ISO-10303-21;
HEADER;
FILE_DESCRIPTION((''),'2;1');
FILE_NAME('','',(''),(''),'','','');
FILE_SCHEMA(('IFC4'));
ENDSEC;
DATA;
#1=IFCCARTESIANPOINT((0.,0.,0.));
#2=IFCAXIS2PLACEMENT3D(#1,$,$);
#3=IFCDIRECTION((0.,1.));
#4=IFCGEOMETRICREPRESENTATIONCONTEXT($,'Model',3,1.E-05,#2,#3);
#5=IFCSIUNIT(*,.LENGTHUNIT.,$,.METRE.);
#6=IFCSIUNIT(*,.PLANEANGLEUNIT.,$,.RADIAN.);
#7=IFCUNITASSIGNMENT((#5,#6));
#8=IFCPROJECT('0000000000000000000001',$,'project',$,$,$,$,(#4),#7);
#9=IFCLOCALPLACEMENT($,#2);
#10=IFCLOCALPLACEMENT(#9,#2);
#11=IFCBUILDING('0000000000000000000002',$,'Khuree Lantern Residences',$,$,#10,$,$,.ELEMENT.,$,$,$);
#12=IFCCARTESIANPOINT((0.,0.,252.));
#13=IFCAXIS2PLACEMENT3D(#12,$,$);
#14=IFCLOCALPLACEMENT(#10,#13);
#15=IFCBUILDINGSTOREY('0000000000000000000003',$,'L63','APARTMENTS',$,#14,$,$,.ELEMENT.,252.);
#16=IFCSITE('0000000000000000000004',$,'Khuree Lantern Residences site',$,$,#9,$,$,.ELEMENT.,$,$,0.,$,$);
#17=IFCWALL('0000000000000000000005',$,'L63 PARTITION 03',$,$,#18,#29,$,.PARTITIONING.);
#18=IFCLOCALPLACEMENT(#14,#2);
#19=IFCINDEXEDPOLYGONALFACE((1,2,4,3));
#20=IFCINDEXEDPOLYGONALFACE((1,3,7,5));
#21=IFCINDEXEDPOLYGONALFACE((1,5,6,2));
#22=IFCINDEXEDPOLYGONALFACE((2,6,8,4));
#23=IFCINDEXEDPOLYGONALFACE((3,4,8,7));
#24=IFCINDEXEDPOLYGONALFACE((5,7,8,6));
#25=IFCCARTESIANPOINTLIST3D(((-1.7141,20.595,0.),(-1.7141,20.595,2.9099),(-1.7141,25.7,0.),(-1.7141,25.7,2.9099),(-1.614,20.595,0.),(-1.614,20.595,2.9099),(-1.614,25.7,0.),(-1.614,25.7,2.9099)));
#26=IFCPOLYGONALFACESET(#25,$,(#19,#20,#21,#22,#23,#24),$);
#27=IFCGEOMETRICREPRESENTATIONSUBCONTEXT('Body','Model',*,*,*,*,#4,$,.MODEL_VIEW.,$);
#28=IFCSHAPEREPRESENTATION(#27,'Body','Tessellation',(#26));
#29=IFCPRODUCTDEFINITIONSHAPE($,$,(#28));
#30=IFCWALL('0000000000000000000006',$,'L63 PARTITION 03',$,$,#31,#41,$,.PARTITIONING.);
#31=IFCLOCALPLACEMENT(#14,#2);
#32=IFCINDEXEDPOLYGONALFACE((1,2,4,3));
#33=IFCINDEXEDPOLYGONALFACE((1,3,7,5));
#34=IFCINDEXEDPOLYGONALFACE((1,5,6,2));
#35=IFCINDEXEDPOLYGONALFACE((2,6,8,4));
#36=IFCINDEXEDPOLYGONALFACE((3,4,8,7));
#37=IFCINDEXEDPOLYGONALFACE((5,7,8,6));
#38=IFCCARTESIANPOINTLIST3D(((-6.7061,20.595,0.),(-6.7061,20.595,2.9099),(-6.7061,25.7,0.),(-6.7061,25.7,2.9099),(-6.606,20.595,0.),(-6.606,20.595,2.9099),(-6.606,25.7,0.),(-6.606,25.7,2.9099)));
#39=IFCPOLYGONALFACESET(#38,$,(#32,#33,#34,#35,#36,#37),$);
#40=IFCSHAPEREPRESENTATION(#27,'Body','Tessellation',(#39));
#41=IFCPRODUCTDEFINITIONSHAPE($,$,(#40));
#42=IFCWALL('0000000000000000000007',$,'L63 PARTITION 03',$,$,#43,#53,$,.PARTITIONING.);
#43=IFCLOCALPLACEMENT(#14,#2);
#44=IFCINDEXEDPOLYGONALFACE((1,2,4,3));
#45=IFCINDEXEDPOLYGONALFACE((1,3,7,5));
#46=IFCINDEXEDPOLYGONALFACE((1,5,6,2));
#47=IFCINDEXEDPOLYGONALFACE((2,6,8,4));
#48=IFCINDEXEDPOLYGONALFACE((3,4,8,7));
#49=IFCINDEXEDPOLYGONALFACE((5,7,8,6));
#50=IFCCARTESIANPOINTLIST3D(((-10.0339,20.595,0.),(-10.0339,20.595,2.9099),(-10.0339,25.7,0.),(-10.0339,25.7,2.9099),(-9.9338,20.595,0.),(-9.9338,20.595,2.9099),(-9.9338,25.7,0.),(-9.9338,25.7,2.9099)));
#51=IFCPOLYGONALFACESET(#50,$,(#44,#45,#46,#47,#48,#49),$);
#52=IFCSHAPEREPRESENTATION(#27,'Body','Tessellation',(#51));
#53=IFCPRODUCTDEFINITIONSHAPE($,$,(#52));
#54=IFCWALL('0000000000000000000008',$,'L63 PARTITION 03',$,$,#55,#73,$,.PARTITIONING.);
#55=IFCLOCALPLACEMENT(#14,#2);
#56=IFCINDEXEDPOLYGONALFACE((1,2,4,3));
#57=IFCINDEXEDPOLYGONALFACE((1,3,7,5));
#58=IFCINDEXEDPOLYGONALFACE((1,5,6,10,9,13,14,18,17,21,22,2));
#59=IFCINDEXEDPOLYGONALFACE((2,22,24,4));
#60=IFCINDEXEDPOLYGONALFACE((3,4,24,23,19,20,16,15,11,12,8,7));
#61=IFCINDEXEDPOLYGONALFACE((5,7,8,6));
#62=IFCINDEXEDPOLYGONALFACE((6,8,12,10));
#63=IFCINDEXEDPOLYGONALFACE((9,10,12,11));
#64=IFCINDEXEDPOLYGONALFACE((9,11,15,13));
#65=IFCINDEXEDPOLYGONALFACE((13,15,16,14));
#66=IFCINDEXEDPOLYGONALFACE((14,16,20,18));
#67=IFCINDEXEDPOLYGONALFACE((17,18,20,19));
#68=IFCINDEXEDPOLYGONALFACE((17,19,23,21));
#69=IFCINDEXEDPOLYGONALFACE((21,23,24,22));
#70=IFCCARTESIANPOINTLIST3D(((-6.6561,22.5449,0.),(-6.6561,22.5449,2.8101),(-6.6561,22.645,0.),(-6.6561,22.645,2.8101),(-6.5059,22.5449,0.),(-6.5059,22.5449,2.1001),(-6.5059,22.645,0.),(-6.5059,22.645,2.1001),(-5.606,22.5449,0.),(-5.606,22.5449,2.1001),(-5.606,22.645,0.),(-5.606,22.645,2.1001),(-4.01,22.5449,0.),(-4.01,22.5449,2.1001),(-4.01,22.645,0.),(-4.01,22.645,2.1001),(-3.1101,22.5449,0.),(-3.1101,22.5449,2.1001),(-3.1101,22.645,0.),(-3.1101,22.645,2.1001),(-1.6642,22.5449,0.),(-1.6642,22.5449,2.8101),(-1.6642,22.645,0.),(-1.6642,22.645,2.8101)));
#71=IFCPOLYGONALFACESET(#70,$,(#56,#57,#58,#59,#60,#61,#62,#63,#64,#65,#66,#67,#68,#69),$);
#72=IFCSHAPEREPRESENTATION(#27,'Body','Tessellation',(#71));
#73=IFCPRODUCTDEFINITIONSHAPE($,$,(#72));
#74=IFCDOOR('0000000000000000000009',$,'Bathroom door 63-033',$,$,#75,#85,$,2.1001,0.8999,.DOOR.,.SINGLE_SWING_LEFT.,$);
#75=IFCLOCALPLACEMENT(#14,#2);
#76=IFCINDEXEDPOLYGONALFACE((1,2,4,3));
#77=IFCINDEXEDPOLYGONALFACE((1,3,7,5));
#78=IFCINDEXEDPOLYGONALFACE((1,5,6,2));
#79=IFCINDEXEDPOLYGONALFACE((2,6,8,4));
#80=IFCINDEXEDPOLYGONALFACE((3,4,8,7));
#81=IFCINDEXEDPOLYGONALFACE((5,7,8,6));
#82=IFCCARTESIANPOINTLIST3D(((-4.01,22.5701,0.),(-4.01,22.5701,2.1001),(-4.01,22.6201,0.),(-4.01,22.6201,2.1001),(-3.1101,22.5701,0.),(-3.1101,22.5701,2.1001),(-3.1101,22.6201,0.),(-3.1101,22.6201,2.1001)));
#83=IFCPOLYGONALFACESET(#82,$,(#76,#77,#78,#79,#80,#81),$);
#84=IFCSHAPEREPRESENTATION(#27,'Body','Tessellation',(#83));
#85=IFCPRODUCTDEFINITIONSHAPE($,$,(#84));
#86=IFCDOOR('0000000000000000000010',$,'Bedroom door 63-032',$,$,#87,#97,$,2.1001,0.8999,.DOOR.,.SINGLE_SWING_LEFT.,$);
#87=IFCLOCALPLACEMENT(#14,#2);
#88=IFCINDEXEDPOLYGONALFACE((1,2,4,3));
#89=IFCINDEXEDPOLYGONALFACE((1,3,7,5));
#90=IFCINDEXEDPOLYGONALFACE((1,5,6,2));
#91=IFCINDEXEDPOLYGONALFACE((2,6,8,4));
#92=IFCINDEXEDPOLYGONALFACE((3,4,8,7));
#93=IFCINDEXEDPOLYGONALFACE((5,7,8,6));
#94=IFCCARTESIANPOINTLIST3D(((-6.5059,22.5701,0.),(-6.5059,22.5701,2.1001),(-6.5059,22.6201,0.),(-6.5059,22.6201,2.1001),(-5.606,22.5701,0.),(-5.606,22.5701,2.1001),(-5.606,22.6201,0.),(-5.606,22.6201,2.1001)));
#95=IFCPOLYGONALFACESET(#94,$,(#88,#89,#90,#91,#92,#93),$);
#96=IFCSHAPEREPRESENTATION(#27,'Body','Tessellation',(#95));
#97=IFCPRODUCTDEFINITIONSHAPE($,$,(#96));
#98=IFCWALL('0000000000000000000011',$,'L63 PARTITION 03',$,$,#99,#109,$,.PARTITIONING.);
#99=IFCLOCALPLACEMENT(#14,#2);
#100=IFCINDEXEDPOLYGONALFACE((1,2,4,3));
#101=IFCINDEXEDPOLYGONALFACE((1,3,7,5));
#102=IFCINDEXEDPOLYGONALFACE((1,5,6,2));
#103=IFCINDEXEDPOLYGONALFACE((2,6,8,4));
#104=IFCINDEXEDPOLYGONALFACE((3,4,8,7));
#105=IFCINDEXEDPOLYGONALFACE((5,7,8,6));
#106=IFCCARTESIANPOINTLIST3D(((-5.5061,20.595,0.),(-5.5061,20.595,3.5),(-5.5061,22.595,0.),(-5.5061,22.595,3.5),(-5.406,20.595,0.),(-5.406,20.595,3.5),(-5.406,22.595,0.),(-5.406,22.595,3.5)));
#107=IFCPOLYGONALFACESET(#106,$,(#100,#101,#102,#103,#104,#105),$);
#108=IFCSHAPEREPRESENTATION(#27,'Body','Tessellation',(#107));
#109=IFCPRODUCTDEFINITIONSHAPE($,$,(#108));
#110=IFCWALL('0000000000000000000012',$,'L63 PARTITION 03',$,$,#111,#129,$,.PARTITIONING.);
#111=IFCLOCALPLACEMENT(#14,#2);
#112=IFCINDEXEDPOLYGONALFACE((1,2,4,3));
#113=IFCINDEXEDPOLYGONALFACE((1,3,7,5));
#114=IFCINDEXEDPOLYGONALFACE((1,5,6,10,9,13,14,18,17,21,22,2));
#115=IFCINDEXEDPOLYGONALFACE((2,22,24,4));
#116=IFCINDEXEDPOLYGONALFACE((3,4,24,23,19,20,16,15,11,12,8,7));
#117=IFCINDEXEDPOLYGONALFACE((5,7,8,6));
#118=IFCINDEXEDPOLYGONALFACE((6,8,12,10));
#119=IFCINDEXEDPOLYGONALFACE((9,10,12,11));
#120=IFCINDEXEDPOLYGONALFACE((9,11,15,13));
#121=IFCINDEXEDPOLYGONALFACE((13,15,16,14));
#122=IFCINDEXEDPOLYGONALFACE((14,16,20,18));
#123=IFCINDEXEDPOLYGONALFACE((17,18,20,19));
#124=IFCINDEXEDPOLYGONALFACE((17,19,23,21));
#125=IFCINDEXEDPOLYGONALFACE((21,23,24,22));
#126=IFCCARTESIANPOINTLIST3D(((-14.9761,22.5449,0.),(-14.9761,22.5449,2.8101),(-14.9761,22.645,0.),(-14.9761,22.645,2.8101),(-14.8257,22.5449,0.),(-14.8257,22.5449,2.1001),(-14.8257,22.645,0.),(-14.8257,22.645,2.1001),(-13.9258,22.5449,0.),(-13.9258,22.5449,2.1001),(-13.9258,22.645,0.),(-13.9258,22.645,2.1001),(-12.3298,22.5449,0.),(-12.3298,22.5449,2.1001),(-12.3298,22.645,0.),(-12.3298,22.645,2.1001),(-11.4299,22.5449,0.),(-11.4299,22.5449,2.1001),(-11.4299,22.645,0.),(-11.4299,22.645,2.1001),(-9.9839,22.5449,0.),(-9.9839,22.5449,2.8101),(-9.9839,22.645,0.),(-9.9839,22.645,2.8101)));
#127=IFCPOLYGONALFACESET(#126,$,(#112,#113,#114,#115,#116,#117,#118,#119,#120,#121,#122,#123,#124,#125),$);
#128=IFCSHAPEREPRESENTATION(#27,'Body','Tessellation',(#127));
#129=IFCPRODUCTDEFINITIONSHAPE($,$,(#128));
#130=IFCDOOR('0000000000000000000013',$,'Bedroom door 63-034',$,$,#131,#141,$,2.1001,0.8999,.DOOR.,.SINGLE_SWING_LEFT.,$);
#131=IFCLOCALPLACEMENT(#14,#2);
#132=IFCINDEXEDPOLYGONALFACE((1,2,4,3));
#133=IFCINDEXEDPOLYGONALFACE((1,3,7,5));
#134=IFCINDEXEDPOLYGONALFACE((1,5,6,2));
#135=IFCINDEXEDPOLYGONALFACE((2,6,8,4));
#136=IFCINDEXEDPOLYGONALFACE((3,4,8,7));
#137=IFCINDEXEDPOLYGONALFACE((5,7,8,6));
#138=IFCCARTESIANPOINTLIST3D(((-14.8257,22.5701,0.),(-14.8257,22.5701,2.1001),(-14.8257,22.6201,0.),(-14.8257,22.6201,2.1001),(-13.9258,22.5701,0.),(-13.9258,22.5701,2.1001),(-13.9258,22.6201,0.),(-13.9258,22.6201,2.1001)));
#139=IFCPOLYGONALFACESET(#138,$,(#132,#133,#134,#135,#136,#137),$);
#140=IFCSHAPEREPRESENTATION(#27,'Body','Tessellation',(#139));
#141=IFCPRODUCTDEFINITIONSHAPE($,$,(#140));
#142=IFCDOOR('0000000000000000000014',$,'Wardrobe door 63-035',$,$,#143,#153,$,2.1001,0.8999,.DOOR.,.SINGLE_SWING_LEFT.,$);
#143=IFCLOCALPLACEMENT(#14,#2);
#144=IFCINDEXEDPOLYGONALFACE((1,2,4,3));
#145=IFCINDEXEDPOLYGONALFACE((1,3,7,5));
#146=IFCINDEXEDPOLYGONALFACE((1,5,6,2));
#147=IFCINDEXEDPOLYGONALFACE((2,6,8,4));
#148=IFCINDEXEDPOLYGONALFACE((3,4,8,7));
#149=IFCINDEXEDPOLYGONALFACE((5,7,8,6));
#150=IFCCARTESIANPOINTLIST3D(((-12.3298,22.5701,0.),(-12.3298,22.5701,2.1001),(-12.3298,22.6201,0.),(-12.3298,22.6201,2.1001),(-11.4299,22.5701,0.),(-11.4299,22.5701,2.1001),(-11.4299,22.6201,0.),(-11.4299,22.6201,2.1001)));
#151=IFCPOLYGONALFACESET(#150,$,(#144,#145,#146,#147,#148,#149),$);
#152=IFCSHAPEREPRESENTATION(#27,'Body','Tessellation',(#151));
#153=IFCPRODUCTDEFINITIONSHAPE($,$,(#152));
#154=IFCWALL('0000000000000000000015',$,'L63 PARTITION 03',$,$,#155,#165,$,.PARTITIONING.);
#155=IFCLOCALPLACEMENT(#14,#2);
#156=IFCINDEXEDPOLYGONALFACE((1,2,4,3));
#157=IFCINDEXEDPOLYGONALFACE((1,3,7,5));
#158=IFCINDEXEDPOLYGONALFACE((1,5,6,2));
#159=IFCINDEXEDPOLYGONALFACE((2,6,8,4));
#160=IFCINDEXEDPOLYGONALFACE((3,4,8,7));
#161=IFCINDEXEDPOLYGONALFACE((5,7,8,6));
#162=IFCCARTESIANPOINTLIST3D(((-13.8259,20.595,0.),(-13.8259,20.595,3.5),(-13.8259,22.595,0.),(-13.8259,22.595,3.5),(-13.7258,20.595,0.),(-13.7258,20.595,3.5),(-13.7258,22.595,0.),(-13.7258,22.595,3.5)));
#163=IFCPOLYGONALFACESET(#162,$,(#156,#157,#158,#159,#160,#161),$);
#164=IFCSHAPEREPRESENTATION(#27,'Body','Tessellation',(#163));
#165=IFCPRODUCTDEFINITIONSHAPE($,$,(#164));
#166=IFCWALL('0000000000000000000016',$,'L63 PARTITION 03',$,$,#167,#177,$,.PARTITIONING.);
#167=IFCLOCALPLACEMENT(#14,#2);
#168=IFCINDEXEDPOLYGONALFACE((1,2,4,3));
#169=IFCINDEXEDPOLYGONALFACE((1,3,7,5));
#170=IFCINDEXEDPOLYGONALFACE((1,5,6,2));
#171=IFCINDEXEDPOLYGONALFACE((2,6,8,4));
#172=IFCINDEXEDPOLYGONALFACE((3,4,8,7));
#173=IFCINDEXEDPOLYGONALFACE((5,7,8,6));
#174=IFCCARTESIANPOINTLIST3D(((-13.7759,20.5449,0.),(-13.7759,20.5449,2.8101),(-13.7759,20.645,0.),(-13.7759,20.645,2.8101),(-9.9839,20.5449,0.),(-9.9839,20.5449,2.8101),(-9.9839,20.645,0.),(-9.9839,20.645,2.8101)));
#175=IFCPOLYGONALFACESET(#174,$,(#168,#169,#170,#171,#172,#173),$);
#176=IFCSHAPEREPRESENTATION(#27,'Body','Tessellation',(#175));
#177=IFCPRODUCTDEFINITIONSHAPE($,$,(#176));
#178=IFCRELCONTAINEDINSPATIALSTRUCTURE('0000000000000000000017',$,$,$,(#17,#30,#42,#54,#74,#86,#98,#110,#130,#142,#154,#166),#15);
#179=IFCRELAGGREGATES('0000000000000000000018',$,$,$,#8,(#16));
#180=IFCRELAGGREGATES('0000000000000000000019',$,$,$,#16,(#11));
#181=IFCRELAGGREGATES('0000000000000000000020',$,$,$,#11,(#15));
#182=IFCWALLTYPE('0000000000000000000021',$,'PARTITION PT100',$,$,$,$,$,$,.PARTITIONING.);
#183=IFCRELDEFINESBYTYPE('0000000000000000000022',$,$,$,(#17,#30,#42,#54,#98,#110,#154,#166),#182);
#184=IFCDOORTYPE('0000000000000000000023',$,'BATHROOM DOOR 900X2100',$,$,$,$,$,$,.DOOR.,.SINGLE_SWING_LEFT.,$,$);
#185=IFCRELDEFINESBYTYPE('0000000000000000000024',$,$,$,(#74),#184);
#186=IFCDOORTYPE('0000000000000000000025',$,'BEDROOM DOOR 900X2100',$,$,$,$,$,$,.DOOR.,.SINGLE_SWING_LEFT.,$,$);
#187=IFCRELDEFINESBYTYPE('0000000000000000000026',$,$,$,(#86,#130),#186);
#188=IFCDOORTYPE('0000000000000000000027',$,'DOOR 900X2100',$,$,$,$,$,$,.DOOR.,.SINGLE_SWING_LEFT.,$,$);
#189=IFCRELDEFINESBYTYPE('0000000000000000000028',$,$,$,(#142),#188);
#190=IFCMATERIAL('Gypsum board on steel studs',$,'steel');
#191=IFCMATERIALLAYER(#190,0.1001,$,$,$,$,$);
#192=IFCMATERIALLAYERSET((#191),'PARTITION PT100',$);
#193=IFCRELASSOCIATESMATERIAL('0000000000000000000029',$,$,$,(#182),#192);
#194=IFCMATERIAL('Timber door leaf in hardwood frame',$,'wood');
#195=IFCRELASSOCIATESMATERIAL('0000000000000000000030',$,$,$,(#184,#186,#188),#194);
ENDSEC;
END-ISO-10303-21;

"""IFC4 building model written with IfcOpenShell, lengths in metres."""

from ifc_helpers import new_model, si_unit, direction, frame, frame_2d, origin, place, context, subcontext, project, spatial, rectangle, extrude, material, layer, layer_set, type_object, element, fill, save


model = new_model("IFC4")

# Units and contexts
model_context = context("Model", 3, precision=1e-05, world=origin(), true_north=direction((0.0, 1.0)))
body_context = subcontext(model_context, "Body", "Model", "MODEL_VIEW")
ifc_project = project(units=[si_unit("LENGTHUNIT", "METRE"), si_unit("PLANEANGLEUNIT", "RADIAN")], contexts=[model_context])

# Site, building, storey
site_placement = place(None, origin())
site = spatial("IfcSite", under=ifc_project, at=site_placement, Name="Khuree Lantern Residences site", CompositionType="ELEMENT", RefElevation=0.0)
building_placement = place(site_placement, origin())
building = spatial("IfcBuilding", under=site, at=building_placement, Name="Khuree Lantern Residences", CompositionType="ELEMENT")
storey_placement = place(building_placement, frame((0.0, 0.0, 252.0)))
storey = spatial("IfcBuildingStorey", under=building, at=storey_placement, Name="L63", Description="APARTMENTS", CompositionType="ELEMENT", Elevation=252.0)

# Walls
ifc_material_1 = material(Name="Gypsum board on steel studs", Category="steel")
ifc_layer_1 = layer(ifc_material_1, 0.1001)
ifc_layer_set_1 = layer_set([ifc_layer_1], Name="PARTITION PT100")
wall_type_1 = type_object("IfcWallType", Name="PARTITION PT100", PredefinedType="PARTITIONING", material=ifc_layer_set_1)
for number, where, z_axis, x_axis, name in (
    (1, (-1.6641, 20.595, 0.0), (0.0, 0.0, 1.0), (0.0, 1.0, 0.0), "L63 PARTITION 03"),
    (2, (-6.656, 20.595, 0.0), (0.0, 0.0, 1.0), (0.0, 1.0, 0.0), "L63 PARTITION 03"),
    (3, (-9.9839, 20.595, 0.0), (0.0, 0.0, 1.0), (0.0, 1.0, 0.0), "L63 PARTITION 03"),
):
    element("IfcWall", number, at=place(storey_placement, frame(where, z_axis=z_axis, x_axis=x_axis)), inside=storey, type_object=wall_type_1, Name=name, PredefinedType="PARTITIONING", context=body_context, shape_type="SweptSolid", body=[
        extrude(rectangle(XDim=5.105, YDim=0.1001, at=frame_2d((2.5525, 0.0))), origin(), (0.0, 0.0, 1.0), 2.9099),
    ])

# Wall, openings, doors
wall_1_placement = place(storey_placement, frame((-1.6641, 22.595, 0.0), z_axis=(0.0, 0.0, 1.0), x_axis=(-1.0, 0.0, 0.0)))
wall_1 = element("IfcWall", 4, at=wall_1_placement, inside=storey, type_object=wall_type_1, Name="L63 PARTITION 03", PredefinedType="PARTITIONING", context=body_context, shape_type="SweptSolid", body=[
    extrude(rectangle(XDim=4.9919, YDim=0.1001, at=frame_2d((2.4961, 0.0))), origin(), (0.0, 0.0, 1.0), 2.8101),
])
opening_1_placement = place(wall_1_placement, frame((3.9419, 0.0, 0.0)))
opening_1 = element("IfcOpeningElement", 5, at=opening_1_placement, cuts=wall_1, PredefinedType="OPENING", context=body_context, shape_type="SweptSolid", body=[
    extrude(rectangle(XDim=0.8999, YDim=2.1001, at=frame_2d((0.45, 1.05))), frame((0.0, 0.0601, 0.0), z_axis=(0.0, -1.0, 0.0), x_axis=(1.0, 0.0, 0.0)), (0.0, 0.0, 1.0), 0.1201),
])
opening_2_placement = place(wall_1_placement, frame((1.446, 0.0, 0.0)))
opening_2 = element("IfcOpeningElement", 6, at=opening_2_placement, cuts=wall_1, PredefinedType="OPENING", context=body_context, shape_type="SweptSolid", body=[
    extrude(rectangle(XDim=0.8999, YDim=2.1001, at=frame_2d((0.45, 1.05))), frame((0.0, 0.0601, 0.0), z_axis=(0.0, -1.0, 0.0), x_axis=(1.0, 0.0, 0.0)), (0.0, 0.0, 1.0), 0.1201),
])
ifc_material_2 = material(Name="Timber door leaf in hardwood frame", Category="wood")
door_type_1 = type_object("IfcDoorType", Name="BATHROOM DOOR 900X2100", OperationType="SINGLE_SWING_LEFT", PredefinedType="DOOR", material=ifc_material_2)
door_1_placement = place(opening_2_placement, origin())
door_1 = element("IfcDoor", 7, at=door_1_placement, inside=storey, type_object=door_type_1, Name="Bathroom door 63-033", OperationType="SINGLE_SWING_LEFT", OverallHeight=2.1001, OverallWidth=0.8999, PredefinedType="DOOR", context=body_context, shape_type="SweptSolid", body=[
    extrude(rectangle(XDim=0.8999, YDim=2.1001, at=frame_2d((0.45, 1.05))), frame((0.0, 0.0249, 0.0), z_axis=(0.0, -1.0, 0.0), x_axis=(1.0, 0.0, 0.0)), (0.0, 0.0, 1.0), 0.05),
])
fill(opening_2, door_1)
door_type_2 = type_object("IfcDoorType", Name="BEDROOM DOOR 900X2100", OperationType="SINGLE_SWING_LEFT", PredefinedType="DOOR", material=ifc_material_2)
door_2_placement = place(opening_1_placement, origin())
door_2 = element("IfcDoor", 8, at=door_2_placement, inside=storey, type_object=door_type_2, Name="Bedroom door 63-032", OperationType="SINGLE_SWING_LEFT", OverallHeight=2.1001, OverallWidth=0.8999, PredefinedType="DOOR", context=body_context, shape_type="SweptSolid", body=[
    extrude(rectangle(XDim=0.8999, YDim=2.1001, at=frame_2d((0.45, 1.05))), frame((0.0, 0.0249, 0.0), z_axis=(0.0, -1.0, 0.0), x_axis=(1.0, 0.0, 0.0)), (0.0, 0.0, 1.0), 0.05),
])
fill(opening_1, door_2)

# Wall
wall_2_placement = place(storey_placement, frame((-5.4561, 20.595, 0.0), z_axis=(0.0, 0.0, 1.0), x_axis=(0.0, 1.0, 0.0)))
element("IfcWall", 9, at=wall_2_placement, inside=storey, type_object=wall_type_1, Name="L63 PARTITION 03", PredefinedType="PARTITIONING", context=body_context, shape_type="SweptSolid", body=[
    extrude(rectangle(XDim=2.0, YDim=0.1001, at=frame_2d((1.0, 0.0))), origin(), (0.0, 0.0, 1.0), 3.5),
])

# Wall, openings, doors
wall_3_placement = place(storey_placement, frame((-9.9839, 22.595, 0.0), z_axis=(0.0, 0.0, 1.0), x_axis=(-1.0, 0.0, 0.0)))
wall_3 = element("IfcWall", 10, at=wall_3_placement, inside=storey, type_object=wall_type_1, Name="L63 PARTITION 03", PredefinedType="PARTITIONING", context=body_context, shape_type="SweptSolid", body=[
    extrude(rectangle(XDim=4.9922, YDim=0.1001, at=frame_2d((2.4961, 0.0))), origin(), (0.0, 0.0, 1.0), 2.8101),
])
opening_3_placement = place(wall_3_placement, frame((3.9419, 0.0, 0.0)))
opening_3 = element("IfcOpeningElement", 11, at=opening_3_placement, cuts=wall_3, PredefinedType="OPENING", context=body_context, shape_type="SweptSolid", body=[
    extrude(rectangle(XDim=0.8999, YDim=2.1001, at=frame_2d((0.45, 1.05))), frame((0.0, 0.0601, 0.0), z_axis=(0.0, -1.0, 0.0), x_axis=(1.0, 0.0, 0.0)), (0.0, 0.0, 1.0), 0.1201),
])
opening_4_placement = place(wall_3_placement, frame((1.446, 0.0, 0.0)))
opening_4 = element("IfcOpeningElement", 12, at=opening_4_placement, cuts=wall_3, PredefinedType="OPENING", context=body_context, shape_type="SweptSolid", body=[
    extrude(rectangle(XDim=0.8999, YDim=2.1001, at=frame_2d((0.45, 1.05))), frame((0.0, 0.0601, 0.0), z_axis=(0.0, -1.0, 0.0), x_axis=(1.0, 0.0, 0.0)), (0.0, 0.0, 1.0), 0.1201),
])
door_3_placement = place(opening_3_placement, origin())
door_3 = element("IfcDoor", 13, at=door_3_placement, inside=storey, type_object=door_type_2, Name="Bedroom door 63-034", OperationType="SINGLE_SWING_LEFT", OverallHeight=2.1001, OverallWidth=0.8999, PredefinedType="DOOR", context=body_context, shape_type="SweptSolid", body=[
    extrude(rectangle(XDim=0.8999, YDim=2.1001, at=frame_2d((0.45, 1.05))), frame((0.0, 0.0249, 0.0), z_axis=(0.0, -1.0, 0.0), x_axis=(1.0, 0.0, 0.0)), (0.0, 0.0, 1.0), 0.05),
])
fill(opening_3, door_3)
door_type_3 = type_object("IfcDoorType", Name="DOOR 900X2100", OperationType="SINGLE_SWING_LEFT", PredefinedType="DOOR", material=ifc_material_2)
door_4_placement = place(opening_4_placement, origin())
door_4 = element("IfcDoor", 14, at=door_4_placement, inside=storey, type_object=door_type_3, Name="Wardrobe door 63-035", OperationType="SINGLE_SWING_LEFT", OverallHeight=2.1001, OverallWidth=0.8999, PredefinedType="DOOR", context=body_context, shape_type="SweptSolid", body=[
    extrude(rectangle(XDim=0.8999, YDim=2.1001, at=frame_2d((0.45, 1.05))), frame((0.0, 0.0249, 0.0), z_axis=(0.0, -1.0, 0.0), x_axis=(1.0, 0.0, 0.0)), (0.0, 0.0, 1.0), 0.05),
])
fill(opening_4, door_4)

# Walls
wall_4_placement = place(storey_placement, frame((-13.7759, 20.595, 0.0), z_axis=(0.0, 0.0, 1.0), x_axis=(0.0, 1.0, 0.0)))
element("IfcWall", 15, at=wall_4_placement, inside=storey, type_object=wall_type_1, Name="L63 PARTITION 03", PredefinedType="PARTITIONING", context=body_context, shape_type="SweptSolid", body=[
    extrude(rectangle(XDim=2.0, YDim=0.1001, at=frame_2d((1.0, 0.0))), origin(), (0.0, 0.0, 1.0), 3.5),
])
wall_5_placement = place(storey_placement, frame((-9.9839, 20.595, 0.0), z_axis=(0.0, 0.0, 1.0), x_axis=(-1.0, 0.0, 0.0)))
element("IfcWall", 16, at=wall_5_placement, inside=storey, type_object=wall_type_1, Name="L63 PARTITION 03", PredefinedType="PARTITIONING", context=body_context, shape_type="SweptSolid", body=[
    extrude(rectangle(XDim=3.792, YDim=0.1001, at=frame_2d((1.896, 0.0))), origin(), (0.0, 0.0, 1.0), 2.8101),
])

save(model, "model.ifc")
